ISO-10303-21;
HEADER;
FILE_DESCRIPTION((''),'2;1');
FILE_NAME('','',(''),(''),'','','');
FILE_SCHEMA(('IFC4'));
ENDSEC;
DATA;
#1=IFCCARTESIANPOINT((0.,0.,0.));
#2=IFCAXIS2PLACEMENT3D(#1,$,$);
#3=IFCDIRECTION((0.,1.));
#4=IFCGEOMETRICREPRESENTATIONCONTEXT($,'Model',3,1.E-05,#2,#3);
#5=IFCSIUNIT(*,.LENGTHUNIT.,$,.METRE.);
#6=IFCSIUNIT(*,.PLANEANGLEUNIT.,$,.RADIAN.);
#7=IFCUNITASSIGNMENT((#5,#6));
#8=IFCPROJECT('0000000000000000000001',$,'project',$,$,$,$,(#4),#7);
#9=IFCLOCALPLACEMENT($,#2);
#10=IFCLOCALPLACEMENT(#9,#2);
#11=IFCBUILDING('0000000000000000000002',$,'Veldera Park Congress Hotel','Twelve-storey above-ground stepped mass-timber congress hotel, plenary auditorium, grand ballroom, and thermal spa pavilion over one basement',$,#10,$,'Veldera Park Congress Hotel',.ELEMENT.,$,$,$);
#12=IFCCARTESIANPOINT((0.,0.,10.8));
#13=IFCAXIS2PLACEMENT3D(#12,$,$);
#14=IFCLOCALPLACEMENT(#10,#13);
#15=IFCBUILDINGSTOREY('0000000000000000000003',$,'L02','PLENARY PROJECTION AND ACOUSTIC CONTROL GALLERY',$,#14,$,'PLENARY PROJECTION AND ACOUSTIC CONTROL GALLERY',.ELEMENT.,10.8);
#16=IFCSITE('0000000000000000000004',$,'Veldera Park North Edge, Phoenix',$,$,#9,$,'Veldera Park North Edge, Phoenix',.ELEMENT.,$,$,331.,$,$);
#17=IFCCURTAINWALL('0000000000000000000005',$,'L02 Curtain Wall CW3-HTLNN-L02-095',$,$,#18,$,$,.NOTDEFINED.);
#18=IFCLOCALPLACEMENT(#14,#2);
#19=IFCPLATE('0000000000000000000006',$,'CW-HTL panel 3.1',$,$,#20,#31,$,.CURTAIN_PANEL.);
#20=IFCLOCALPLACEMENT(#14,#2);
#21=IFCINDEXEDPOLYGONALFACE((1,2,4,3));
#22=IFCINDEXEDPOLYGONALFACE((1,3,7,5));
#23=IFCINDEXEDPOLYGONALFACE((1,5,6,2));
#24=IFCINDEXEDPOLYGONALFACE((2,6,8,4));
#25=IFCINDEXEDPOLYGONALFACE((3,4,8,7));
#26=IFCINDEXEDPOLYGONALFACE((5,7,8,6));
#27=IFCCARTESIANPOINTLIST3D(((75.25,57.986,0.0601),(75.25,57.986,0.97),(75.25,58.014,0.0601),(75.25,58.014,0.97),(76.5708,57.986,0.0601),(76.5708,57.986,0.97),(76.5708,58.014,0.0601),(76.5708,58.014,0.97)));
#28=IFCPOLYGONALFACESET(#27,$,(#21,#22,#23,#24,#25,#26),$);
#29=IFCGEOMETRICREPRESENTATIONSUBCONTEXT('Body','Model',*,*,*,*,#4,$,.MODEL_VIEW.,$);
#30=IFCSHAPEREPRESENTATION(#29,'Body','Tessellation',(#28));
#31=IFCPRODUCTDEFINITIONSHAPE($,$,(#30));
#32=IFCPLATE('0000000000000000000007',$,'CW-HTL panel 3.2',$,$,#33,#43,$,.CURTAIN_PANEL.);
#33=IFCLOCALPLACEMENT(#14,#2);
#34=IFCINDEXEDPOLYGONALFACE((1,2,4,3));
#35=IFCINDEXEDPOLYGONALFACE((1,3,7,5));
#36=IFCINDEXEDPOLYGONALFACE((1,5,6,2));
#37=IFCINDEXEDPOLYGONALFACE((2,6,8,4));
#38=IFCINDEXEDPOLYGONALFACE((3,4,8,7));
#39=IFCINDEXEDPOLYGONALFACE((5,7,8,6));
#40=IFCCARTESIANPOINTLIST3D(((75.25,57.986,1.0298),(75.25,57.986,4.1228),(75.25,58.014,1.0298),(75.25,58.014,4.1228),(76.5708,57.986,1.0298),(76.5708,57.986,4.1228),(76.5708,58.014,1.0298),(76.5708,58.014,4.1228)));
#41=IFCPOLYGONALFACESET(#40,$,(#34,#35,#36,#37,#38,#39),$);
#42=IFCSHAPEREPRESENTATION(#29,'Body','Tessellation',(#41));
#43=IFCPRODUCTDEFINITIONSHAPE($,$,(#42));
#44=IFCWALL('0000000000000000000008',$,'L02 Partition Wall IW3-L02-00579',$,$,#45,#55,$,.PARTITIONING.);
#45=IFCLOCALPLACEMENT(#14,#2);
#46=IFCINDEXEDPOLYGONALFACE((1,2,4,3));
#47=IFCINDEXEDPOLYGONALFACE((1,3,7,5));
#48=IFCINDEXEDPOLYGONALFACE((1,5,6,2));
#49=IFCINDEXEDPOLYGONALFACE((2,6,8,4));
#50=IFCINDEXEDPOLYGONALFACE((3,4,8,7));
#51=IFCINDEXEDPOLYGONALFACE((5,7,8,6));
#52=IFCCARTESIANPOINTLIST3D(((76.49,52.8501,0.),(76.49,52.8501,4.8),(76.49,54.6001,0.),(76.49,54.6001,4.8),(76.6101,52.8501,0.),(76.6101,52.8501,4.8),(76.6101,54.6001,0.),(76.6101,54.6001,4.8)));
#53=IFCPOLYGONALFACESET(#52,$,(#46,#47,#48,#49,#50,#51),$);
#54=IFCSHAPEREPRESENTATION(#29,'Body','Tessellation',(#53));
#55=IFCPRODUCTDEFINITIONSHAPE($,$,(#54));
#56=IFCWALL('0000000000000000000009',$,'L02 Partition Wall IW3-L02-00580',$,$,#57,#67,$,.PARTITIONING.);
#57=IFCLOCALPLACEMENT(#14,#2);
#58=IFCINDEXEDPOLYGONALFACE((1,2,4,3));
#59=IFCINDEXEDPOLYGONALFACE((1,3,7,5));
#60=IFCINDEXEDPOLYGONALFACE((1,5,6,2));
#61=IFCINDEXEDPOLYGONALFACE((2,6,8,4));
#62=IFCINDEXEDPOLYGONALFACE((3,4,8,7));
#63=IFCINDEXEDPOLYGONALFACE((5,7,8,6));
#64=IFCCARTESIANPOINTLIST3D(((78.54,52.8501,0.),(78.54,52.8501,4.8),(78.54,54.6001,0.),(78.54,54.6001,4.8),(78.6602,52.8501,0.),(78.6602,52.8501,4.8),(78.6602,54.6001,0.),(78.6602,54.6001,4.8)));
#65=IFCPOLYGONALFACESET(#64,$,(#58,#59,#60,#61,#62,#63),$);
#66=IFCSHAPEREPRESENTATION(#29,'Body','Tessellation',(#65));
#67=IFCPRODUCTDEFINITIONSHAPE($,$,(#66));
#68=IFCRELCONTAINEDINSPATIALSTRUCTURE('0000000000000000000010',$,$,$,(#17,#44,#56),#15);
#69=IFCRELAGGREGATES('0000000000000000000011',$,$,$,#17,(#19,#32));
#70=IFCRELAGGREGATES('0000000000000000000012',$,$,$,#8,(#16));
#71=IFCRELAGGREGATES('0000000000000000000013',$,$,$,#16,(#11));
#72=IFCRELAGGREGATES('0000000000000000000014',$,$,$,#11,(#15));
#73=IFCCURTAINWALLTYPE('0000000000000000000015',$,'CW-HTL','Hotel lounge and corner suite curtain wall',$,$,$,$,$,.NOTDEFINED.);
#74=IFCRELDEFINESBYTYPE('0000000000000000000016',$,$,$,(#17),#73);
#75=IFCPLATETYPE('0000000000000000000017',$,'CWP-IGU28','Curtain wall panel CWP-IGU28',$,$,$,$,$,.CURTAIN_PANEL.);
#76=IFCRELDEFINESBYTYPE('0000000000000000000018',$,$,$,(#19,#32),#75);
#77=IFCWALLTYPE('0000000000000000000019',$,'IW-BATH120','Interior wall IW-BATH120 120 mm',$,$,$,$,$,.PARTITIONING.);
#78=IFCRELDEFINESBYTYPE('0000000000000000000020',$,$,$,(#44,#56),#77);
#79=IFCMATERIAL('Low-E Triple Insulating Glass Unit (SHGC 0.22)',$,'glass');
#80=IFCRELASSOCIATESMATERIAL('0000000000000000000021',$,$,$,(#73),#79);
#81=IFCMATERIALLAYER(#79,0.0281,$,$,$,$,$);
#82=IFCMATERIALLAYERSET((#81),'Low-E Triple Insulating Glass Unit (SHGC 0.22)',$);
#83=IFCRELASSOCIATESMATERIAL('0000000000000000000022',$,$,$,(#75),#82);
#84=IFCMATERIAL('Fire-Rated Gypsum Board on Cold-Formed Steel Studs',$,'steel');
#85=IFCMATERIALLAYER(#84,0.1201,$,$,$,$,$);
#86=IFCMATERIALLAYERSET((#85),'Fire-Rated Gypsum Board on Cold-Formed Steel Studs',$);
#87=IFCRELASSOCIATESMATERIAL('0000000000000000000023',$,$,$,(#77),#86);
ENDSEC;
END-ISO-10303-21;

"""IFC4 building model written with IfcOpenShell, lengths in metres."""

from ifc_helpers import new_model, si_unit, direction, frame, frame_2d, origin, origin_2d, place, context, subcontext, project, spatial, rectangle, extrude, material, layer, layer_set, type_object, element, aggregate, save


model = new_model("IFC4")

# Units and contexts
model_context = context("Model", 3, precision=1e-05, world=origin(), true_north=direction((0.0, 1.0)))
body_context = subcontext(model_context, "Body", "Model", "MODEL_VIEW")
ifc_project = project(units=[si_unit("LENGTHUNIT", "METRE"), si_unit("PLANEANGLEUNIT", "RADIAN")], contexts=[model_context])

# Site, building, storey
site_placement = place(None, origin())
site = spatial("IfcSite", under=ifc_project, at=site_placement, Name="Veldera Park North Edge, Phoenix", LongName="Veldera Park North Edge, Phoenix", CompositionType="ELEMENT", RefElevation=331.0)
building_placement = place(site_placement, origin())
building = spatial("IfcBuilding", under=site, at=building_placement, Name="Veldera Park Congress Hotel", Description="Twelve-storey above-ground stepped mass-timber congress hotel, plenary auditorium, grand ballroom, and thermal spa pavilion over one basement", LongName="Veldera Park Congress Hotel", CompositionType="ELEMENT")
storey_placement = place(building_placement, frame((0.0, 0.0, 10.8)))
storey = spatial("IfcBuildingStorey", under=building, at=storey_placement, Name="L02", Description="PLENARY PROJECTION AND ACOUSTIC CONTROL GALLERY", LongName="PLENARY PROJECTION AND ACOUSTIC CONTROL GALLERY", CompositionType="ELEMENT", Elevation=10.8)

# Curtain wall, plates
ifc_material_1 = material(Name="Low-E Triple Insulating Glass Unit (SHGC 0.22)", Category="glass")
curtain_wall_type = type_object("IfcCurtainWallType", Name="CW-HTL", Description="Hotel lounge and corner suite curtain wall", PredefinedType="NOTDEFINED", material=ifc_material_1)
curtain_wall_placement = place(storey_placement, origin())
curtain_wall = element("IfcCurtainWall", 1, at=curtain_wall_placement, inside=storey, type_object=curtain_wall_type, Name="L02 Curtain Wall CW3-HTLNN-L02-095", PredefinedType="NOTDEFINED")
ifc_layer_1 = layer(ifc_material_1, 0.0281)
ifc_layer_set_1 = layer_set([ifc_layer_1], Name="Low-E Triple Insulating Glass Unit (SHGC 0.22)")
plate_type = type_object("IfcPlateType", Name="CWP-IGU28", Description="Curtain wall panel CWP-IGU28", PredefinedType="CURTAIN_PANEL", material=ifc_layer_set_1)
plate_1_placement = place(storey_placement, frame((75.9104, 58.0, 0.0601), z_axis=(0.0, 0.0, 1.0), x_axis=(-1.0, 0.0, 0.0)))
plate_1 = element("IfcPlate", 2, at=plate_1_placement, type_object=plate_type, Name="CW-HTL panel 3.1", PredefinedType="CURTAIN_PANEL", context=body_context, shape_type="SweptSolid", body=[
    extrude(rectangle(XDim=1.3208, YDim=0.0281, at=origin_2d()), origin(), (0.0, 0.0, 1.0), 0.9099),
])
plate_2_placement = place(storey_placement, frame((75.9104, 58.0, 1.0298), z_axis=(0.0, 0.0, 1.0), x_axis=(-1.0, 0.0, 0.0)))
plate_2 = element("IfcPlate", 3, at=plate_2_placement, type_object=plate_type, Name="CW-HTL panel 3.2", PredefinedType="CURTAIN_PANEL", context=body_context, shape_type="SweptSolid", body=[
    extrude(rectangle(XDim=1.3208, YDim=0.0281, at=origin_2d()), origin(), (0.0, 0.0, 1.0), 3.093),
])
aggregate(curtain_wall, [plate_1, plate_2])

# Walls
ifc_material_2 = material(Name="Fire-Rated Gypsum Board on Cold-Formed Steel Studs", Category="steel")
ifc_layer_2 = layer(ifc_material_2, 0.1201)
ifc_layer_set_2 = layer_set([ifc_layer_2], Name="Fire-Rated Gypsum Board on Cold-Formed Steel Studs")
wall_type = type_object("IfcWallType", Name="IW-BATH120", Description="Interior wall IW-BATH120 120 mm", PredefinedType="PARTITIONING", material=ifc_layer_set_2)
for number, where, z_axis, x_axis, name in (
    (4, (76.55, 52.8501, 0.0), (0.0, 0.0, 1.0), (0.0, 1.0, 0.0), "L02 Partition Wall IW3-L02-00579"),
    (5, (78.6001, 52.8501, 0.0), (0.0, 0.0, 1.0), (0.0, 1.0, 0.0), "L02 Partition Wall IW3-L02-00580"),
):
    element("IfcWall", number, at=place(storey_placement, frame(where, z_axis=z_axis, x_axis=x_axis)), inside=storey, type_object=wall_type, Name=name, PredefinedType="PARTITIONING", context=body_context, shape_type="SweptSolid", body=[
        extrude(rectangle(XDim=1.75, YDim=0.1201, at=frame_2d((0.875, 0.0))), origin(), (0.0, 0.0, 1.0), 4.8),
    ])

save(model, "model.ifc")
